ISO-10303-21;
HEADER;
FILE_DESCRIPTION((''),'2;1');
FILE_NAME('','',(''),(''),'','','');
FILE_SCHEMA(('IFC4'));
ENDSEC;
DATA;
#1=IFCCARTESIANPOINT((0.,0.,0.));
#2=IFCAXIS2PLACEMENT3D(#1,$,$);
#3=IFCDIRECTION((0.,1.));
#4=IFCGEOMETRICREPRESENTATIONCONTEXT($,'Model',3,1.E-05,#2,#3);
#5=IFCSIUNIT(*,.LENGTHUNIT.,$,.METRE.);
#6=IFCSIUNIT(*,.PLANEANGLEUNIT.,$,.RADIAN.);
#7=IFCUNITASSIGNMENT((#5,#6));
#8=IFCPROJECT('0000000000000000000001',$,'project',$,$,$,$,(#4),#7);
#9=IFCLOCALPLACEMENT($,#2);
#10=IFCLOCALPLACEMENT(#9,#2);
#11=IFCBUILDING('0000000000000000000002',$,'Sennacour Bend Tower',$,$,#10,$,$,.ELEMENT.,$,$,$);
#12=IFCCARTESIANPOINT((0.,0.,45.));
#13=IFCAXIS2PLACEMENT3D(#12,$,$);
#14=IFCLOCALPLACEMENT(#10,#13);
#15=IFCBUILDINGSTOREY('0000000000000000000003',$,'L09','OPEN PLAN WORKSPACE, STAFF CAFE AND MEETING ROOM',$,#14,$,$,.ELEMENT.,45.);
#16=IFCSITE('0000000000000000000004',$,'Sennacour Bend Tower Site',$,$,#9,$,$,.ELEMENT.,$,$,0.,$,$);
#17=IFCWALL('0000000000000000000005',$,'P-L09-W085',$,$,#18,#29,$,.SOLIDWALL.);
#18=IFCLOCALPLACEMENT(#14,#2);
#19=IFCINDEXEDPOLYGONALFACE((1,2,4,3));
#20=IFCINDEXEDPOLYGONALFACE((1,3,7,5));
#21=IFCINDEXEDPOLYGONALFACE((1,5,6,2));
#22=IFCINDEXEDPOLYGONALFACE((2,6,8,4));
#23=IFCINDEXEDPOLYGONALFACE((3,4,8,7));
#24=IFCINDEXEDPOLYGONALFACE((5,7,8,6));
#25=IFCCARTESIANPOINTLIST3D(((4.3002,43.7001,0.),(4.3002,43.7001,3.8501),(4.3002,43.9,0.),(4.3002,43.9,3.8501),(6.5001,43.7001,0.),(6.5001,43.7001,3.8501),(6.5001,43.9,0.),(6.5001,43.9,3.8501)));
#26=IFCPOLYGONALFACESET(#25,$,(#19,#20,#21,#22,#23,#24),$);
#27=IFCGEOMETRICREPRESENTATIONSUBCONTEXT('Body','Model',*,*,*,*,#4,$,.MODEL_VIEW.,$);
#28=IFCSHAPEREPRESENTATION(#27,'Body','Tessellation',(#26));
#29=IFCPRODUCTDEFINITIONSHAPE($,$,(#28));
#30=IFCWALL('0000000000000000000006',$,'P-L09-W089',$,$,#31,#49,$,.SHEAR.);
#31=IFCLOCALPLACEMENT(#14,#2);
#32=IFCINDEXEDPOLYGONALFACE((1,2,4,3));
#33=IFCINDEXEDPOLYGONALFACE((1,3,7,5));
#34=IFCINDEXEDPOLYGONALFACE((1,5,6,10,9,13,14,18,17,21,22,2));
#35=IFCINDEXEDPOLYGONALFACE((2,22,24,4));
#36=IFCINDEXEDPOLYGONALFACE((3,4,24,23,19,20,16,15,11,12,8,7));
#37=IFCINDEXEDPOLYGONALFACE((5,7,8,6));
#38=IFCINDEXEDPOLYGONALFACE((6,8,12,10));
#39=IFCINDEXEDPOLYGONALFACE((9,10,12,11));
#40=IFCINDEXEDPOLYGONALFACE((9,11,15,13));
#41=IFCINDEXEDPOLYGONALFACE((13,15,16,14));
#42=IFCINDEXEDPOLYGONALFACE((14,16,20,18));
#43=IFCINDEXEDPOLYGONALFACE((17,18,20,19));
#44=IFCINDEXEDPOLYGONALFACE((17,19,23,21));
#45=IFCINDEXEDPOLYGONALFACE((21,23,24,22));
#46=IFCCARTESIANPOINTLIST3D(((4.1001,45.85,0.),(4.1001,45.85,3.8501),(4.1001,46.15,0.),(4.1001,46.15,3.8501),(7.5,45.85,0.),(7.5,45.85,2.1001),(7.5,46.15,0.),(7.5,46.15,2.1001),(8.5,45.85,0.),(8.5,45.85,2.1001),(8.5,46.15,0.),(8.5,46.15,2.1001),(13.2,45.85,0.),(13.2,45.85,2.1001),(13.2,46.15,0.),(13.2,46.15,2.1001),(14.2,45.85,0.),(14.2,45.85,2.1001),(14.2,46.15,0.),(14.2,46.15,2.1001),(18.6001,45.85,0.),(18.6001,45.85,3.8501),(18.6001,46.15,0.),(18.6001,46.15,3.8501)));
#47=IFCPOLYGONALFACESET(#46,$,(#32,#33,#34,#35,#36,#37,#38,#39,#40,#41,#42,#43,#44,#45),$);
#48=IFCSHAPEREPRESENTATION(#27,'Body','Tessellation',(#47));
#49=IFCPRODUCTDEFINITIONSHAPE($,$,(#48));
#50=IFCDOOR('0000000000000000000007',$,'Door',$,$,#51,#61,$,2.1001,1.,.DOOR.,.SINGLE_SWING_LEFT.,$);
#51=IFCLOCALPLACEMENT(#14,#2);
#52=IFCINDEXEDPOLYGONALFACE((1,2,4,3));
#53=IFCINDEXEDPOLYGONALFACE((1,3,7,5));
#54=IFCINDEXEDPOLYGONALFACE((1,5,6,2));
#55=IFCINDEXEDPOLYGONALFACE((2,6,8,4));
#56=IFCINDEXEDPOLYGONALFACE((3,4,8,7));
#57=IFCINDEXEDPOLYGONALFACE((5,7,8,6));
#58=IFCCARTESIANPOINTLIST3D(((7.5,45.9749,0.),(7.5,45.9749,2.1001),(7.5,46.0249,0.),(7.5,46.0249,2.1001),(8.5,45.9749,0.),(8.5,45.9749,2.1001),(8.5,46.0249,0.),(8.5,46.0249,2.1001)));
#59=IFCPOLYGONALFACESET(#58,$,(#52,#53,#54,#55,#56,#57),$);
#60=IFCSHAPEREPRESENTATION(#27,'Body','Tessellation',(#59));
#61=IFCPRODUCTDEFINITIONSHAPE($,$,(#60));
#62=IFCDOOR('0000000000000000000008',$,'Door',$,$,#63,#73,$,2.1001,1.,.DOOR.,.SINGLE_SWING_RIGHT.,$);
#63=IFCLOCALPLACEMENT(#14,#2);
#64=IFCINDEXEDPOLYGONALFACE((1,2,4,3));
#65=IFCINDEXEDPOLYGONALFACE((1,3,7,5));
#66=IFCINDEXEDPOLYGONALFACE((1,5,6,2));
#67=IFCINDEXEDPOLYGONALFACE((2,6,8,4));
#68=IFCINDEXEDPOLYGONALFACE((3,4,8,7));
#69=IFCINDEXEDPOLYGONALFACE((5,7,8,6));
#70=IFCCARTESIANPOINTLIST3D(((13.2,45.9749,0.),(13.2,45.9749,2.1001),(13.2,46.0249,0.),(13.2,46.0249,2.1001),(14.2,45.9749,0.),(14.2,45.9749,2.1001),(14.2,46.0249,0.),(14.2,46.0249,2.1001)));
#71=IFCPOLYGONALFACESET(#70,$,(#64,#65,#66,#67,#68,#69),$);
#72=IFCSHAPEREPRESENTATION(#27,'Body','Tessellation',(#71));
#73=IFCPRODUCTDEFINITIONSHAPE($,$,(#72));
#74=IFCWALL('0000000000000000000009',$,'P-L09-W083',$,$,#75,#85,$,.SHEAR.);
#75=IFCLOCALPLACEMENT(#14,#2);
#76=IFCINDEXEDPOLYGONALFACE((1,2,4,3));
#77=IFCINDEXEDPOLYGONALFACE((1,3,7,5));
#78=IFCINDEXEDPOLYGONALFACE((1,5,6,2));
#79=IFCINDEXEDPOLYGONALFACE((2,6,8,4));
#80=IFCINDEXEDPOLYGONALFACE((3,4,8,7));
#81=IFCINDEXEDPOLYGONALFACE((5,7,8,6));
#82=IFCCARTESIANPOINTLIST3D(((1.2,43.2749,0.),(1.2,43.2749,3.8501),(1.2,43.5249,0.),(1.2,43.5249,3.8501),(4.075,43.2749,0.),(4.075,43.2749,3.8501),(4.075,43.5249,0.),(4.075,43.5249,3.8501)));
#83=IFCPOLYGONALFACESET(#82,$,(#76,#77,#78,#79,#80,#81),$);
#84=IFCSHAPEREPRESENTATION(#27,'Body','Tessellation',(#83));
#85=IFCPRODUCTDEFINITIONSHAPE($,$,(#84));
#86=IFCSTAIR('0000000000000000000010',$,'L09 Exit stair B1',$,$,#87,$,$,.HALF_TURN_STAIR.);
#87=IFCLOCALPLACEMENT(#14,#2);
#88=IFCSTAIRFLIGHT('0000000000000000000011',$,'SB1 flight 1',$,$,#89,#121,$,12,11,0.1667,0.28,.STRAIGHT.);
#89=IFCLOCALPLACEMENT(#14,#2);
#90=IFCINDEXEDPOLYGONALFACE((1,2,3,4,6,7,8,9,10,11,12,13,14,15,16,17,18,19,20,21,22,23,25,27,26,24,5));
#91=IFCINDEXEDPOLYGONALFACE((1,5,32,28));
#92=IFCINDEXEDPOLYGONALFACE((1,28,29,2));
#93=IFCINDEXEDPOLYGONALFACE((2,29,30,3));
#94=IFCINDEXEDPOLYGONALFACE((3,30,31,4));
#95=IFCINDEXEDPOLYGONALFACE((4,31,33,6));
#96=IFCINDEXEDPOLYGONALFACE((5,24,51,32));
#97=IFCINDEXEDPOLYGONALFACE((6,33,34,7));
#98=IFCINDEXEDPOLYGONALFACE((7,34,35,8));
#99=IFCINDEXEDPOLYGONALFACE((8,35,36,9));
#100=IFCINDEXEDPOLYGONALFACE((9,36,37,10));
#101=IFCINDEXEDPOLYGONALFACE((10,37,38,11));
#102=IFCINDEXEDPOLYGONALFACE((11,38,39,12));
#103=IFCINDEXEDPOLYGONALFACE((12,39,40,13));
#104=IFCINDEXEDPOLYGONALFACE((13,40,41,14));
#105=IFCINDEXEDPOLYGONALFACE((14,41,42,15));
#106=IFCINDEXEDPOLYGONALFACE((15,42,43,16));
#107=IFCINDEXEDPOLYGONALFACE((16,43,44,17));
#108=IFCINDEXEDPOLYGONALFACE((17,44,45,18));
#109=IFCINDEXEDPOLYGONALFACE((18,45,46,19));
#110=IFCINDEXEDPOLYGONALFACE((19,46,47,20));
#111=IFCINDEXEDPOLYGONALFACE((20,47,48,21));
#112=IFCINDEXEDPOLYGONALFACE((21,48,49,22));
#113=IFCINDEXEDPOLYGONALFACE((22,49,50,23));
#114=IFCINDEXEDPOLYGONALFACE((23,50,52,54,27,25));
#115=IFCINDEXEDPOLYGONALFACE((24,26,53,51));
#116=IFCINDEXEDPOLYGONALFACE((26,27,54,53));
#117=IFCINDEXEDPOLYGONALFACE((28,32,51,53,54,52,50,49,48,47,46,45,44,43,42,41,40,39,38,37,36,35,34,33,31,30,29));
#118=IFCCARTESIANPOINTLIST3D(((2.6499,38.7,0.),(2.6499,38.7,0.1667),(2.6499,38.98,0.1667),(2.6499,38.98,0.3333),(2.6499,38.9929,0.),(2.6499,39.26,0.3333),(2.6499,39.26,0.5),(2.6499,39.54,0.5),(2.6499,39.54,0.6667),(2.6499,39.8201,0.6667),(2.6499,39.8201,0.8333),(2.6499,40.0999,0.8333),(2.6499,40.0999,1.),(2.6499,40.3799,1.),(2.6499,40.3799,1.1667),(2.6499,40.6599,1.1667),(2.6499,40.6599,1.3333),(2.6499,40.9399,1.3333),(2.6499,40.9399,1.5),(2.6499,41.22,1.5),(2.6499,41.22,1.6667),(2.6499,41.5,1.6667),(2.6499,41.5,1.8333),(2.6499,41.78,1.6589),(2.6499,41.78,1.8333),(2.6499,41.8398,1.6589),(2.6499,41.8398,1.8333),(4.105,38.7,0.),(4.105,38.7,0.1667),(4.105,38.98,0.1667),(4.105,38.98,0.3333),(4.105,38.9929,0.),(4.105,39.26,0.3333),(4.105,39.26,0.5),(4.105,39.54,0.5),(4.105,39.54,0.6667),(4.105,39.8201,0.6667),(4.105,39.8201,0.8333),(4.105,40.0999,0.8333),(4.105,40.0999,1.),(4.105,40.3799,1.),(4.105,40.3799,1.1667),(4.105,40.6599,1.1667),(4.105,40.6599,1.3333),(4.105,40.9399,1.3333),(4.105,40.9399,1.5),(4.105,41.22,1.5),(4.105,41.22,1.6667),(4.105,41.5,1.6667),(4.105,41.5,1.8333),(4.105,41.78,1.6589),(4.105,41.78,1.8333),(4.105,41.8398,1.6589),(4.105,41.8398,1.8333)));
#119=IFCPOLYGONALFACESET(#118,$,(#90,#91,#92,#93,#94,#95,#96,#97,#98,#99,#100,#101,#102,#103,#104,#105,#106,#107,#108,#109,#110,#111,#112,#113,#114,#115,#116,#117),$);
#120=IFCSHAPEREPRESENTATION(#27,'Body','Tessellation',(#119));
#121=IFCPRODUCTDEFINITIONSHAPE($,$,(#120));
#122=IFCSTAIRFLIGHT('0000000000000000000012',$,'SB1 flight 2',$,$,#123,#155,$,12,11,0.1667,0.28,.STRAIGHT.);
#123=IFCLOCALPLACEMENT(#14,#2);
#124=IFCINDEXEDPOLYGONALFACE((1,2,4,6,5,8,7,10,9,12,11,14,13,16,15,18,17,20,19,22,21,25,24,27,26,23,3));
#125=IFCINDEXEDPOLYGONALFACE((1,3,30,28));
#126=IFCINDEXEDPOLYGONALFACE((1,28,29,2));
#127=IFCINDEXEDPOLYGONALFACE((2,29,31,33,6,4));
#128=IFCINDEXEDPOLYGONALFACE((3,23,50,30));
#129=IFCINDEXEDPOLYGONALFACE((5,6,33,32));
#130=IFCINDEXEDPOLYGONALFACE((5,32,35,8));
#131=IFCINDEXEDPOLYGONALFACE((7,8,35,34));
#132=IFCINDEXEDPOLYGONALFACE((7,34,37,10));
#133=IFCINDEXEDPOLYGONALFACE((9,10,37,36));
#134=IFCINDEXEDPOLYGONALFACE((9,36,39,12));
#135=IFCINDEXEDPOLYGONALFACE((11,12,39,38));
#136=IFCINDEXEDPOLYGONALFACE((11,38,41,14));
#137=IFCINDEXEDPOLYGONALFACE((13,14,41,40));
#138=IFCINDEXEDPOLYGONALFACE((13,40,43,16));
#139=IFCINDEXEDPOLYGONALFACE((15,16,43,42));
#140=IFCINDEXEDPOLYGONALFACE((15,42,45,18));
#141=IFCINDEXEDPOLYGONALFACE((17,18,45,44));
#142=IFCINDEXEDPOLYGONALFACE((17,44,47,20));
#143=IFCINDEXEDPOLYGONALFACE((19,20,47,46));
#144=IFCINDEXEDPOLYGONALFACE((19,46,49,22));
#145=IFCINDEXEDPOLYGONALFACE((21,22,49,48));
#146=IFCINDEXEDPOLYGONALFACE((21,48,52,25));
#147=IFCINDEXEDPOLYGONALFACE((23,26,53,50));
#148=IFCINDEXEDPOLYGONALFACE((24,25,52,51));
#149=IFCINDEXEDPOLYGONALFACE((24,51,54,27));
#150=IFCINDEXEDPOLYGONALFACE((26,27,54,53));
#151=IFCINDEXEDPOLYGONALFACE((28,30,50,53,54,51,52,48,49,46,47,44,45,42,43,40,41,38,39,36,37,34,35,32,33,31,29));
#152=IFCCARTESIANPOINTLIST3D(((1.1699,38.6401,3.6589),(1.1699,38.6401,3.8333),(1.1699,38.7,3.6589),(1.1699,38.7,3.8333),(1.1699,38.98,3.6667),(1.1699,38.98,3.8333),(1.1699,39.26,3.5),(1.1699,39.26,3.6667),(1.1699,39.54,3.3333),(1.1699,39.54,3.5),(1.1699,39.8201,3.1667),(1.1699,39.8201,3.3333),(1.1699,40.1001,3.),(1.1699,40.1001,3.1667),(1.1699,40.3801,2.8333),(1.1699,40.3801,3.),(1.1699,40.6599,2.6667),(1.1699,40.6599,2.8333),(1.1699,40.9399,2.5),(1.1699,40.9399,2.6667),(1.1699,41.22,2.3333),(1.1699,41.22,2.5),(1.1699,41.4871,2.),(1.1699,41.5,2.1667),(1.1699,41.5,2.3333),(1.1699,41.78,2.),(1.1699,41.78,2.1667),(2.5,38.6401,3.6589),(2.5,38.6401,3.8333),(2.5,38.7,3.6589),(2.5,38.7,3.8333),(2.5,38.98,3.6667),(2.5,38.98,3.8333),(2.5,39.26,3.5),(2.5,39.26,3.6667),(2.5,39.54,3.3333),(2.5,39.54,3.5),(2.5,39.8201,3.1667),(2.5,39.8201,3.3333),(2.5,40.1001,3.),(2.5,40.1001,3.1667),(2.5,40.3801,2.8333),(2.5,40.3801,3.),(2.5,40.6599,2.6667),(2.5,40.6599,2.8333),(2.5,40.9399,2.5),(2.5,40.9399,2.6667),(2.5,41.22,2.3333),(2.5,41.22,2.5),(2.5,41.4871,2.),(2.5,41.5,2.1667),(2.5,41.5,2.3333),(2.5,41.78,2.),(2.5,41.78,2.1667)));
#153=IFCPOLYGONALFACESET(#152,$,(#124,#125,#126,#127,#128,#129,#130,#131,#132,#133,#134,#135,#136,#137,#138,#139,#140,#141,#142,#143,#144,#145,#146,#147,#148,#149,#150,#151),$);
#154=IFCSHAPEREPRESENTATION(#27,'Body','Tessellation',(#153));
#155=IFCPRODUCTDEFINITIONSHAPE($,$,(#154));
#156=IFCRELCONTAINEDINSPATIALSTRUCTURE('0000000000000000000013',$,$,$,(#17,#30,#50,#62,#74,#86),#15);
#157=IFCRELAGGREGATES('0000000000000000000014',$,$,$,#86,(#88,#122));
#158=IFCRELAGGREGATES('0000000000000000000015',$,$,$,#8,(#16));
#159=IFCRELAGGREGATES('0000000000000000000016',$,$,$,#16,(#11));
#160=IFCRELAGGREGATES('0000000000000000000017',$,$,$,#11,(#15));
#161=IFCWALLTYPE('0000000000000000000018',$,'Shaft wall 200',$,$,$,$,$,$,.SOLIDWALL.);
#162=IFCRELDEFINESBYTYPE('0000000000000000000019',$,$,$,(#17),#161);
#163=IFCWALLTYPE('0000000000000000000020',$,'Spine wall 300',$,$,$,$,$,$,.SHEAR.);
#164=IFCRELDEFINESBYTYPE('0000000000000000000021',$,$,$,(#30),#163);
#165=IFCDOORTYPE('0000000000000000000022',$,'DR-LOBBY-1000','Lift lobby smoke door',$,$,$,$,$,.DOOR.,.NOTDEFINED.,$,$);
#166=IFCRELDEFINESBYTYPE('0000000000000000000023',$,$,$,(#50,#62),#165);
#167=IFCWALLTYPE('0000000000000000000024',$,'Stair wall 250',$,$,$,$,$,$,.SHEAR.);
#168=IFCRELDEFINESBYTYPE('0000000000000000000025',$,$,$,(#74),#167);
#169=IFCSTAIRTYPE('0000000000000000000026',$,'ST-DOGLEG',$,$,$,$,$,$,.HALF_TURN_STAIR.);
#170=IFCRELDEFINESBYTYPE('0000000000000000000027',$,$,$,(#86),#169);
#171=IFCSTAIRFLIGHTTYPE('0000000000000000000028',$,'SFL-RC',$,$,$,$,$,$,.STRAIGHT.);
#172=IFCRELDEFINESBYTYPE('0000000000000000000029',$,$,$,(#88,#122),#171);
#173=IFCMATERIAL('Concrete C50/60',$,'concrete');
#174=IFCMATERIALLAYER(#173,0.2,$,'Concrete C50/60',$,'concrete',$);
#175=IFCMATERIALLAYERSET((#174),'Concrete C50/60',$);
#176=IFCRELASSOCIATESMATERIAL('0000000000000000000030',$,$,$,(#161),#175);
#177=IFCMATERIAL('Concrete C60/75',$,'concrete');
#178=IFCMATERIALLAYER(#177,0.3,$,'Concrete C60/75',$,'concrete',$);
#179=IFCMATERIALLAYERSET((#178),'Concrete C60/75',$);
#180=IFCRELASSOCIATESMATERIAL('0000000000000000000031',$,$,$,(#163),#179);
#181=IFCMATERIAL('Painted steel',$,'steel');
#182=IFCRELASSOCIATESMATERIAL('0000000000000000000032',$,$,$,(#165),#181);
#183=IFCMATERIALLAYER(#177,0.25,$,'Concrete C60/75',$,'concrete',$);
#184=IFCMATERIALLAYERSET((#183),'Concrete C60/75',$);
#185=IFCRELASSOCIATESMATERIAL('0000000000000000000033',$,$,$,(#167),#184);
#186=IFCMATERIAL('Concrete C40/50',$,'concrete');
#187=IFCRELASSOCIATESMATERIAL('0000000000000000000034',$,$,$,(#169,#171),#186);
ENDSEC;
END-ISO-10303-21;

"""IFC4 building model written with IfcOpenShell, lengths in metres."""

from ifc_helpers import new_model, si_unit, direction, frame, frame_2d, origin, place, context, subcontext, project, spatial, polyline, rectangle, outline, extrude, material, layer, layer_set, type_object, element, fill, aggregate, save


model = new_model("IFC4")

# Units and contexts
model_context = context("Model", 3, precision=1e-05, world=origin(), true_north=direction((0.0, 1.0)))
body_context = subcontext(model_context, "Body", "Model", "MODEL_VIEW")
ifc_project = project(units=[si_unit("LENGTHUNIT", "METRE"), si_unit("PLANEANGLEUNIT", "RADIAN")], contexts=[model_context])

# Site, building, storey
site_placement = place(None, origin())
site = spatial("IfcSite", under=ifc_project, at=site_placement, Name="Sennacour Bend Tower Site", CompositionType="ELEMENT", RefElevation=0.0)
building_placement = place(site_placement, origin())
building = spatial("IfcBuilding", under=site, at=building_placement, Name="Sennacour Bend Tower", CompositionType="ELEMENT")
storey_placement = place(building_placement, frame((0.0, 0.0, 45.0)))
storey = spatial("IfcBuildingStorey", under=building, at=storey_placement, Name="L09", Description="OPEN PLAN WORKSPACE, STAFF CAFE AND MEETING ROOM", CompositionType="ELEMENT", Elevation=45.0)

# Shared definitions
ifc_material_1 = material(Name="Painted steel", Category="steel")

# Wall
ifc_material_2 = material(Name="Concrete C50/60", Category="concrete")
ifc_layer_1 = layer(ifc_material_2, 0.2, Name="Concrete C50/60", Category="concrete")
ifc_layer_set_1 = layer_set([ifc_layer_1], Name="Concrete C50/60")
wall_type_1 = type_object("IfcWallType", Name="Shaft wall 200", PredefinedType="SOLIDWALL", material=ifc_layer_set_1)
wall_1_placement = place(storey_placement, frame((4.3, 43.8, 0.0), z_axis=(0.0, 0.0, 1.0), x_axis=(1.0, 0.0, 0.0)))
element("IfcWall", 1, at=wall_1_placement, inside=storey, type_object=wall_type_1, Name="P-L09-W085", PredefinedType="SOLIDWALL", context=body_context, shape_type="SweptSolid", body=[
    extrude(rectangle(XDim=2.2, YDim=0.2, at=frame_2d((1.1001, 0.0))), origin(), (0.0, 0.0, 1.0), 3.8501),
])

# Wall, openings, doors
ifc_material_3 = material(Name="Concrete C60/75", Category="concrete")
ifc_layer_2 = layer(ifc_material_3, 0.3, Name="Concrete C60/75", Category="concrete")
ifc_layer_set_2 = layer_set([ifc_layer_2], Name="Concrete C60/75")
wall_type_2 = type_object("IfcWallType", Name="Spine wall 300", PredefinedType="SHEAR", material=ifc_layer_set_2)
wall_2_placement = place(storey_placement, frame((4.1001, 46.0, 0.0), z_axis=(0.0, 0.0, 1.0), x_axis=(1.0, 0.0, 0.0)))
wall_2 = element("IfcWall", 2, at=wall_2_placement, inside=storey, type_object=wall_type_2, Name="P-L09-W089", PredefinedType="SHEAR", context=body_context, shape_type="SweptSolid", body=[
    extrude(rectangle(XDim=14.5, YDim=0.3, at=frame_2d((7.25, 0.0))), origin(), (0.0, 0.0, 1.0), 3.8501),
])
opening_1_placement = place(wall_2_placement, frame((3.3999, 0.0, 0.0)))
opening_1 = element("IfcOpeningElement", 3, at=opening_1_placement, cuts=wall_2, PredefinedType="OPENING", context=body_context, shape_type="SweptSolid", body=[
    extrude(rectangle(XDim=1.0, YDim=2.1001, at=frame_2d((0.5, 1.05))), frame((0.0, 0.1602, 0.0), z_axis=(0.0, -1.0, 0.0), x_axis=(1.0, 0.0, 0.0)), (0.0, 0.0, 1.0), 0.3201),
])
opening_2_placement = place(wall_2_placement, frame((9.0999, 0.0, 0.0)))
opening_2 = element("IfcOpeningElement", 4, at=opening_2_placement, cuts=wall_2, PredefinedType="OPENING", context=body_context, shape_type="SweptSolid", body=[
    extrude(rectangle(XDim=1.0, YDim=2.1001, at=frame_2d((0.5, 1.05))), frame((0.0, 0.1602, 0.0), z_axis=(0.0, -1.0, 0.0), x_axis=(1.0, 0.0, 0.0)), (0.0, 0.0, 1.0), 0.3201),
])
door_type_1 = type_object("IfcDoorType", Name="DR-LOBBY-1000", Description="Lift lobby smoke door", OperationType="NOTDEFINED", PredefinedType="DOOR", material=ifc_material_1)
door_1_placement = place(opening_1_placement, origin())
door_1 = element("IfcDoor", 5, at=door_1_placement, inside=storey, type_object=door_type_1, Name="Door", OperationType="SINGLE_SWING_LEFT", OverallHeight=2.1001, OverallWidth=1.0, PredefinedType="DOOR", context=body_context, shape_type="SweptSolid", body=[
    extrude(rectangle(XDim=1.0, YDim=2.1001, at=frame_2d((0.5, 1.05))), frame((0.0, 0.0249, 0.0), z_axis=(0.0, -1.0, 0.0), x_axis=(1.0, 0.0, 0.0)), (0.0, 0.0, 1.0), 0.05),
])
fill(opening_1, door_1)
door_2_placement = place(opening_2_placement, origin())
door_2 = element("IfcDoor", 6, at=door_2_placement, inside=storey, type_object=door_type_1, Name="Door", OperationType="SINGLE_SWING_RIGHT", OverallHeight=2.1001, OverallWidth=1.0, PredefinedType="DOOR", context=body_context, shape_type="SweptSolid", body=[
    extrude(rectangle(XDim=1.0, YDim=2.1001, at=frame_2d((0.5, 1.05))), frame((0.0, 0.0249, 0.0), z_axis=(0.0, -1.0, 0.0), x_axis=(1.0, 0.0, 0.0)), (0.0, 0.0, 1.0), 0.05),
])
fill(opening_2, door_2)

# Wall
ifc_layer_3 = layer(ifc_material_3, 0.25, Name="Concrete C60/75", Category="concrete")
ifc_layer_set_3 = layer_set([ifc_layer_3], Name="Concrete C60/75")
wall_type_3 = type_object("IfcWallType", Name="Stair wall 250", PredefinedType="SHEAR", material=ifc_layer_set_3)
wall_3_placement = place(storey_placement, frame((1.2, 43.3999, 0.0), z_axis=(0.0, 0.0, 1.0), x_axis=(1.0, 0.0, 0.0)))
element("IfcWall", 7, at=wall_3_placement, inside=storey, type_object=wall_type_3, Name="P-L09-W083", PredefinedType="SHEAR", context=body_context, shape_type="SweptSolid", body=[
    extrude(rectangle(XDim=2.875, YDim=0.25, at=frame_2d((1.4375, 0.0))), origin(), (0.0, 0.0, 1.0), 3.8501),
])

# Stair, stair flights
ifc_material_4 = material(Name="Concrete C40/50", Category="concrete")
stair_type = type_object("IfcStairType", Name="ST-DOGLEG", PredefinedType="HALF_TURN_STAIR", material=ifc_material_4)
stair_placement = place(storey_placement, origin())
stair = element("IfcStair", 8, at=stair_placement, inside=storey, type_object=stair_type, Name="L09 Exit stair B1", PredefinedType="HALF_TURN_STAIR")
stair_flight_type = type_object("IfcStairFlightType", Name="SFL-RC", PredefinedType="STRAIGHT", material=ifc_material_4)
stair_flight_1_placement = place(storey_placement, frame((3.3774, 38.7, 0.0), z_axis=(0.0, 0.0, 1.0), x_axis=(0.0, 1.0, 0.0)))
stair_flight_1 = element("IfcStairFlight", 9, at=stair_flight_1_placement, type_object=stair_flight_type, Name="SB1 flight 1", NumberOfRisers=12, NumberOfTreads=11, PredefinedType="STRAIGHT", RiserHeight=0.1667, TreadLength=0.28, context=body_context, shape_type="SweptSolid", body=[
    extrude(outline(polyline([(0.0, 0.0), (0.0, 0.1667), (0.28, 0.1667), (0.28, 0.3333), (0.5601, 0.3333), (0.5601, 0.5), (0.8401, 0.5), (0.8401, 0.6667), (1.1201, 0.6667), (1.1201, 0.8333), (1.3999, 0.8333), (1.3999, 1.0), (1.6799, 1.0), (1.6799, 1.1667), (1.96, 1.1667), (1.96, 1.3333), (2.24, 1.3333), (2.24, 1.5), (2.52, 1.5), (2.52, 1.6667), (2.8, 1.6667), (2.8, 1.8333), (3.0801, 1.8333), (3.1399, 1.8333), (3.1399, 1.6589), (3.0801, 1.6589), (0.293, 0.0), (0.0, 0.0)])), frame((0.0, 0.7275, 0.0), z_axis=(0.0, -1.0, 0.0), x_axis=(1.0, 0.0, 0.0)), (0.0, 0.0, 1.0), 1.4551),
])
stair_flight_2_placement = place(storey_placement, frame((1.835, 41.78, 2.0), z_axis=(0.0, 0.0, 1.0), x_axis=(0.0, -1.0, 0.0)))
stair_flight_2 = element("IfcStairFlight", 10, at=stair_flight_2_placement, type_object=stair_flight_type, Name="SB1 flight 2", NumberOfRisers=12, NumberOfTreads=11, PredefinedType="STRAIGHT", RiserHeight=0.1667, TreadLength=0.28, context=body_context, shape_type="SweptSolid", body=[
    extrude(outline(polyline([(0.0, 0.0), (0.0, 0.1667), (0.28, 0.1667), (0.28, 0.3333), (0.5601, 0.3333), (0.5601, 0.5), (0.8401, 0.5), (0.8401, 0.6667), (1.1201, 0.6667), (1.1201, 0.8333), (1.3999, 0.8333), (1.3999, 1.0), (1.6799, 1.0), (1.6799, 1.1667), (1.96, 1.1667), (1.96, 1.3333), (2.24, 1.3333), (2.24, 1.5), (2.52, 1.5), (2.52, 1.6667), (2.8, 1.6667), (2.8, 1.8333), (3.0801, 1.8333), (3.1399, 1.8333), (3.1399, 1.6589), (3.0801, 1.6589), (0.293, 0.0), (0.0, 0.0)])), frame((0.0, 0.665, 0.0), z_axis=(0.0, -1.0, 0.0), x_axis=(1.0, 0.0, 0.0)), (0.0, 0.0, 1.0), 1.3301),
])
aggregate(stair, [stair_flight_1, stair_flight_2])

save(model, "model.ifc")
